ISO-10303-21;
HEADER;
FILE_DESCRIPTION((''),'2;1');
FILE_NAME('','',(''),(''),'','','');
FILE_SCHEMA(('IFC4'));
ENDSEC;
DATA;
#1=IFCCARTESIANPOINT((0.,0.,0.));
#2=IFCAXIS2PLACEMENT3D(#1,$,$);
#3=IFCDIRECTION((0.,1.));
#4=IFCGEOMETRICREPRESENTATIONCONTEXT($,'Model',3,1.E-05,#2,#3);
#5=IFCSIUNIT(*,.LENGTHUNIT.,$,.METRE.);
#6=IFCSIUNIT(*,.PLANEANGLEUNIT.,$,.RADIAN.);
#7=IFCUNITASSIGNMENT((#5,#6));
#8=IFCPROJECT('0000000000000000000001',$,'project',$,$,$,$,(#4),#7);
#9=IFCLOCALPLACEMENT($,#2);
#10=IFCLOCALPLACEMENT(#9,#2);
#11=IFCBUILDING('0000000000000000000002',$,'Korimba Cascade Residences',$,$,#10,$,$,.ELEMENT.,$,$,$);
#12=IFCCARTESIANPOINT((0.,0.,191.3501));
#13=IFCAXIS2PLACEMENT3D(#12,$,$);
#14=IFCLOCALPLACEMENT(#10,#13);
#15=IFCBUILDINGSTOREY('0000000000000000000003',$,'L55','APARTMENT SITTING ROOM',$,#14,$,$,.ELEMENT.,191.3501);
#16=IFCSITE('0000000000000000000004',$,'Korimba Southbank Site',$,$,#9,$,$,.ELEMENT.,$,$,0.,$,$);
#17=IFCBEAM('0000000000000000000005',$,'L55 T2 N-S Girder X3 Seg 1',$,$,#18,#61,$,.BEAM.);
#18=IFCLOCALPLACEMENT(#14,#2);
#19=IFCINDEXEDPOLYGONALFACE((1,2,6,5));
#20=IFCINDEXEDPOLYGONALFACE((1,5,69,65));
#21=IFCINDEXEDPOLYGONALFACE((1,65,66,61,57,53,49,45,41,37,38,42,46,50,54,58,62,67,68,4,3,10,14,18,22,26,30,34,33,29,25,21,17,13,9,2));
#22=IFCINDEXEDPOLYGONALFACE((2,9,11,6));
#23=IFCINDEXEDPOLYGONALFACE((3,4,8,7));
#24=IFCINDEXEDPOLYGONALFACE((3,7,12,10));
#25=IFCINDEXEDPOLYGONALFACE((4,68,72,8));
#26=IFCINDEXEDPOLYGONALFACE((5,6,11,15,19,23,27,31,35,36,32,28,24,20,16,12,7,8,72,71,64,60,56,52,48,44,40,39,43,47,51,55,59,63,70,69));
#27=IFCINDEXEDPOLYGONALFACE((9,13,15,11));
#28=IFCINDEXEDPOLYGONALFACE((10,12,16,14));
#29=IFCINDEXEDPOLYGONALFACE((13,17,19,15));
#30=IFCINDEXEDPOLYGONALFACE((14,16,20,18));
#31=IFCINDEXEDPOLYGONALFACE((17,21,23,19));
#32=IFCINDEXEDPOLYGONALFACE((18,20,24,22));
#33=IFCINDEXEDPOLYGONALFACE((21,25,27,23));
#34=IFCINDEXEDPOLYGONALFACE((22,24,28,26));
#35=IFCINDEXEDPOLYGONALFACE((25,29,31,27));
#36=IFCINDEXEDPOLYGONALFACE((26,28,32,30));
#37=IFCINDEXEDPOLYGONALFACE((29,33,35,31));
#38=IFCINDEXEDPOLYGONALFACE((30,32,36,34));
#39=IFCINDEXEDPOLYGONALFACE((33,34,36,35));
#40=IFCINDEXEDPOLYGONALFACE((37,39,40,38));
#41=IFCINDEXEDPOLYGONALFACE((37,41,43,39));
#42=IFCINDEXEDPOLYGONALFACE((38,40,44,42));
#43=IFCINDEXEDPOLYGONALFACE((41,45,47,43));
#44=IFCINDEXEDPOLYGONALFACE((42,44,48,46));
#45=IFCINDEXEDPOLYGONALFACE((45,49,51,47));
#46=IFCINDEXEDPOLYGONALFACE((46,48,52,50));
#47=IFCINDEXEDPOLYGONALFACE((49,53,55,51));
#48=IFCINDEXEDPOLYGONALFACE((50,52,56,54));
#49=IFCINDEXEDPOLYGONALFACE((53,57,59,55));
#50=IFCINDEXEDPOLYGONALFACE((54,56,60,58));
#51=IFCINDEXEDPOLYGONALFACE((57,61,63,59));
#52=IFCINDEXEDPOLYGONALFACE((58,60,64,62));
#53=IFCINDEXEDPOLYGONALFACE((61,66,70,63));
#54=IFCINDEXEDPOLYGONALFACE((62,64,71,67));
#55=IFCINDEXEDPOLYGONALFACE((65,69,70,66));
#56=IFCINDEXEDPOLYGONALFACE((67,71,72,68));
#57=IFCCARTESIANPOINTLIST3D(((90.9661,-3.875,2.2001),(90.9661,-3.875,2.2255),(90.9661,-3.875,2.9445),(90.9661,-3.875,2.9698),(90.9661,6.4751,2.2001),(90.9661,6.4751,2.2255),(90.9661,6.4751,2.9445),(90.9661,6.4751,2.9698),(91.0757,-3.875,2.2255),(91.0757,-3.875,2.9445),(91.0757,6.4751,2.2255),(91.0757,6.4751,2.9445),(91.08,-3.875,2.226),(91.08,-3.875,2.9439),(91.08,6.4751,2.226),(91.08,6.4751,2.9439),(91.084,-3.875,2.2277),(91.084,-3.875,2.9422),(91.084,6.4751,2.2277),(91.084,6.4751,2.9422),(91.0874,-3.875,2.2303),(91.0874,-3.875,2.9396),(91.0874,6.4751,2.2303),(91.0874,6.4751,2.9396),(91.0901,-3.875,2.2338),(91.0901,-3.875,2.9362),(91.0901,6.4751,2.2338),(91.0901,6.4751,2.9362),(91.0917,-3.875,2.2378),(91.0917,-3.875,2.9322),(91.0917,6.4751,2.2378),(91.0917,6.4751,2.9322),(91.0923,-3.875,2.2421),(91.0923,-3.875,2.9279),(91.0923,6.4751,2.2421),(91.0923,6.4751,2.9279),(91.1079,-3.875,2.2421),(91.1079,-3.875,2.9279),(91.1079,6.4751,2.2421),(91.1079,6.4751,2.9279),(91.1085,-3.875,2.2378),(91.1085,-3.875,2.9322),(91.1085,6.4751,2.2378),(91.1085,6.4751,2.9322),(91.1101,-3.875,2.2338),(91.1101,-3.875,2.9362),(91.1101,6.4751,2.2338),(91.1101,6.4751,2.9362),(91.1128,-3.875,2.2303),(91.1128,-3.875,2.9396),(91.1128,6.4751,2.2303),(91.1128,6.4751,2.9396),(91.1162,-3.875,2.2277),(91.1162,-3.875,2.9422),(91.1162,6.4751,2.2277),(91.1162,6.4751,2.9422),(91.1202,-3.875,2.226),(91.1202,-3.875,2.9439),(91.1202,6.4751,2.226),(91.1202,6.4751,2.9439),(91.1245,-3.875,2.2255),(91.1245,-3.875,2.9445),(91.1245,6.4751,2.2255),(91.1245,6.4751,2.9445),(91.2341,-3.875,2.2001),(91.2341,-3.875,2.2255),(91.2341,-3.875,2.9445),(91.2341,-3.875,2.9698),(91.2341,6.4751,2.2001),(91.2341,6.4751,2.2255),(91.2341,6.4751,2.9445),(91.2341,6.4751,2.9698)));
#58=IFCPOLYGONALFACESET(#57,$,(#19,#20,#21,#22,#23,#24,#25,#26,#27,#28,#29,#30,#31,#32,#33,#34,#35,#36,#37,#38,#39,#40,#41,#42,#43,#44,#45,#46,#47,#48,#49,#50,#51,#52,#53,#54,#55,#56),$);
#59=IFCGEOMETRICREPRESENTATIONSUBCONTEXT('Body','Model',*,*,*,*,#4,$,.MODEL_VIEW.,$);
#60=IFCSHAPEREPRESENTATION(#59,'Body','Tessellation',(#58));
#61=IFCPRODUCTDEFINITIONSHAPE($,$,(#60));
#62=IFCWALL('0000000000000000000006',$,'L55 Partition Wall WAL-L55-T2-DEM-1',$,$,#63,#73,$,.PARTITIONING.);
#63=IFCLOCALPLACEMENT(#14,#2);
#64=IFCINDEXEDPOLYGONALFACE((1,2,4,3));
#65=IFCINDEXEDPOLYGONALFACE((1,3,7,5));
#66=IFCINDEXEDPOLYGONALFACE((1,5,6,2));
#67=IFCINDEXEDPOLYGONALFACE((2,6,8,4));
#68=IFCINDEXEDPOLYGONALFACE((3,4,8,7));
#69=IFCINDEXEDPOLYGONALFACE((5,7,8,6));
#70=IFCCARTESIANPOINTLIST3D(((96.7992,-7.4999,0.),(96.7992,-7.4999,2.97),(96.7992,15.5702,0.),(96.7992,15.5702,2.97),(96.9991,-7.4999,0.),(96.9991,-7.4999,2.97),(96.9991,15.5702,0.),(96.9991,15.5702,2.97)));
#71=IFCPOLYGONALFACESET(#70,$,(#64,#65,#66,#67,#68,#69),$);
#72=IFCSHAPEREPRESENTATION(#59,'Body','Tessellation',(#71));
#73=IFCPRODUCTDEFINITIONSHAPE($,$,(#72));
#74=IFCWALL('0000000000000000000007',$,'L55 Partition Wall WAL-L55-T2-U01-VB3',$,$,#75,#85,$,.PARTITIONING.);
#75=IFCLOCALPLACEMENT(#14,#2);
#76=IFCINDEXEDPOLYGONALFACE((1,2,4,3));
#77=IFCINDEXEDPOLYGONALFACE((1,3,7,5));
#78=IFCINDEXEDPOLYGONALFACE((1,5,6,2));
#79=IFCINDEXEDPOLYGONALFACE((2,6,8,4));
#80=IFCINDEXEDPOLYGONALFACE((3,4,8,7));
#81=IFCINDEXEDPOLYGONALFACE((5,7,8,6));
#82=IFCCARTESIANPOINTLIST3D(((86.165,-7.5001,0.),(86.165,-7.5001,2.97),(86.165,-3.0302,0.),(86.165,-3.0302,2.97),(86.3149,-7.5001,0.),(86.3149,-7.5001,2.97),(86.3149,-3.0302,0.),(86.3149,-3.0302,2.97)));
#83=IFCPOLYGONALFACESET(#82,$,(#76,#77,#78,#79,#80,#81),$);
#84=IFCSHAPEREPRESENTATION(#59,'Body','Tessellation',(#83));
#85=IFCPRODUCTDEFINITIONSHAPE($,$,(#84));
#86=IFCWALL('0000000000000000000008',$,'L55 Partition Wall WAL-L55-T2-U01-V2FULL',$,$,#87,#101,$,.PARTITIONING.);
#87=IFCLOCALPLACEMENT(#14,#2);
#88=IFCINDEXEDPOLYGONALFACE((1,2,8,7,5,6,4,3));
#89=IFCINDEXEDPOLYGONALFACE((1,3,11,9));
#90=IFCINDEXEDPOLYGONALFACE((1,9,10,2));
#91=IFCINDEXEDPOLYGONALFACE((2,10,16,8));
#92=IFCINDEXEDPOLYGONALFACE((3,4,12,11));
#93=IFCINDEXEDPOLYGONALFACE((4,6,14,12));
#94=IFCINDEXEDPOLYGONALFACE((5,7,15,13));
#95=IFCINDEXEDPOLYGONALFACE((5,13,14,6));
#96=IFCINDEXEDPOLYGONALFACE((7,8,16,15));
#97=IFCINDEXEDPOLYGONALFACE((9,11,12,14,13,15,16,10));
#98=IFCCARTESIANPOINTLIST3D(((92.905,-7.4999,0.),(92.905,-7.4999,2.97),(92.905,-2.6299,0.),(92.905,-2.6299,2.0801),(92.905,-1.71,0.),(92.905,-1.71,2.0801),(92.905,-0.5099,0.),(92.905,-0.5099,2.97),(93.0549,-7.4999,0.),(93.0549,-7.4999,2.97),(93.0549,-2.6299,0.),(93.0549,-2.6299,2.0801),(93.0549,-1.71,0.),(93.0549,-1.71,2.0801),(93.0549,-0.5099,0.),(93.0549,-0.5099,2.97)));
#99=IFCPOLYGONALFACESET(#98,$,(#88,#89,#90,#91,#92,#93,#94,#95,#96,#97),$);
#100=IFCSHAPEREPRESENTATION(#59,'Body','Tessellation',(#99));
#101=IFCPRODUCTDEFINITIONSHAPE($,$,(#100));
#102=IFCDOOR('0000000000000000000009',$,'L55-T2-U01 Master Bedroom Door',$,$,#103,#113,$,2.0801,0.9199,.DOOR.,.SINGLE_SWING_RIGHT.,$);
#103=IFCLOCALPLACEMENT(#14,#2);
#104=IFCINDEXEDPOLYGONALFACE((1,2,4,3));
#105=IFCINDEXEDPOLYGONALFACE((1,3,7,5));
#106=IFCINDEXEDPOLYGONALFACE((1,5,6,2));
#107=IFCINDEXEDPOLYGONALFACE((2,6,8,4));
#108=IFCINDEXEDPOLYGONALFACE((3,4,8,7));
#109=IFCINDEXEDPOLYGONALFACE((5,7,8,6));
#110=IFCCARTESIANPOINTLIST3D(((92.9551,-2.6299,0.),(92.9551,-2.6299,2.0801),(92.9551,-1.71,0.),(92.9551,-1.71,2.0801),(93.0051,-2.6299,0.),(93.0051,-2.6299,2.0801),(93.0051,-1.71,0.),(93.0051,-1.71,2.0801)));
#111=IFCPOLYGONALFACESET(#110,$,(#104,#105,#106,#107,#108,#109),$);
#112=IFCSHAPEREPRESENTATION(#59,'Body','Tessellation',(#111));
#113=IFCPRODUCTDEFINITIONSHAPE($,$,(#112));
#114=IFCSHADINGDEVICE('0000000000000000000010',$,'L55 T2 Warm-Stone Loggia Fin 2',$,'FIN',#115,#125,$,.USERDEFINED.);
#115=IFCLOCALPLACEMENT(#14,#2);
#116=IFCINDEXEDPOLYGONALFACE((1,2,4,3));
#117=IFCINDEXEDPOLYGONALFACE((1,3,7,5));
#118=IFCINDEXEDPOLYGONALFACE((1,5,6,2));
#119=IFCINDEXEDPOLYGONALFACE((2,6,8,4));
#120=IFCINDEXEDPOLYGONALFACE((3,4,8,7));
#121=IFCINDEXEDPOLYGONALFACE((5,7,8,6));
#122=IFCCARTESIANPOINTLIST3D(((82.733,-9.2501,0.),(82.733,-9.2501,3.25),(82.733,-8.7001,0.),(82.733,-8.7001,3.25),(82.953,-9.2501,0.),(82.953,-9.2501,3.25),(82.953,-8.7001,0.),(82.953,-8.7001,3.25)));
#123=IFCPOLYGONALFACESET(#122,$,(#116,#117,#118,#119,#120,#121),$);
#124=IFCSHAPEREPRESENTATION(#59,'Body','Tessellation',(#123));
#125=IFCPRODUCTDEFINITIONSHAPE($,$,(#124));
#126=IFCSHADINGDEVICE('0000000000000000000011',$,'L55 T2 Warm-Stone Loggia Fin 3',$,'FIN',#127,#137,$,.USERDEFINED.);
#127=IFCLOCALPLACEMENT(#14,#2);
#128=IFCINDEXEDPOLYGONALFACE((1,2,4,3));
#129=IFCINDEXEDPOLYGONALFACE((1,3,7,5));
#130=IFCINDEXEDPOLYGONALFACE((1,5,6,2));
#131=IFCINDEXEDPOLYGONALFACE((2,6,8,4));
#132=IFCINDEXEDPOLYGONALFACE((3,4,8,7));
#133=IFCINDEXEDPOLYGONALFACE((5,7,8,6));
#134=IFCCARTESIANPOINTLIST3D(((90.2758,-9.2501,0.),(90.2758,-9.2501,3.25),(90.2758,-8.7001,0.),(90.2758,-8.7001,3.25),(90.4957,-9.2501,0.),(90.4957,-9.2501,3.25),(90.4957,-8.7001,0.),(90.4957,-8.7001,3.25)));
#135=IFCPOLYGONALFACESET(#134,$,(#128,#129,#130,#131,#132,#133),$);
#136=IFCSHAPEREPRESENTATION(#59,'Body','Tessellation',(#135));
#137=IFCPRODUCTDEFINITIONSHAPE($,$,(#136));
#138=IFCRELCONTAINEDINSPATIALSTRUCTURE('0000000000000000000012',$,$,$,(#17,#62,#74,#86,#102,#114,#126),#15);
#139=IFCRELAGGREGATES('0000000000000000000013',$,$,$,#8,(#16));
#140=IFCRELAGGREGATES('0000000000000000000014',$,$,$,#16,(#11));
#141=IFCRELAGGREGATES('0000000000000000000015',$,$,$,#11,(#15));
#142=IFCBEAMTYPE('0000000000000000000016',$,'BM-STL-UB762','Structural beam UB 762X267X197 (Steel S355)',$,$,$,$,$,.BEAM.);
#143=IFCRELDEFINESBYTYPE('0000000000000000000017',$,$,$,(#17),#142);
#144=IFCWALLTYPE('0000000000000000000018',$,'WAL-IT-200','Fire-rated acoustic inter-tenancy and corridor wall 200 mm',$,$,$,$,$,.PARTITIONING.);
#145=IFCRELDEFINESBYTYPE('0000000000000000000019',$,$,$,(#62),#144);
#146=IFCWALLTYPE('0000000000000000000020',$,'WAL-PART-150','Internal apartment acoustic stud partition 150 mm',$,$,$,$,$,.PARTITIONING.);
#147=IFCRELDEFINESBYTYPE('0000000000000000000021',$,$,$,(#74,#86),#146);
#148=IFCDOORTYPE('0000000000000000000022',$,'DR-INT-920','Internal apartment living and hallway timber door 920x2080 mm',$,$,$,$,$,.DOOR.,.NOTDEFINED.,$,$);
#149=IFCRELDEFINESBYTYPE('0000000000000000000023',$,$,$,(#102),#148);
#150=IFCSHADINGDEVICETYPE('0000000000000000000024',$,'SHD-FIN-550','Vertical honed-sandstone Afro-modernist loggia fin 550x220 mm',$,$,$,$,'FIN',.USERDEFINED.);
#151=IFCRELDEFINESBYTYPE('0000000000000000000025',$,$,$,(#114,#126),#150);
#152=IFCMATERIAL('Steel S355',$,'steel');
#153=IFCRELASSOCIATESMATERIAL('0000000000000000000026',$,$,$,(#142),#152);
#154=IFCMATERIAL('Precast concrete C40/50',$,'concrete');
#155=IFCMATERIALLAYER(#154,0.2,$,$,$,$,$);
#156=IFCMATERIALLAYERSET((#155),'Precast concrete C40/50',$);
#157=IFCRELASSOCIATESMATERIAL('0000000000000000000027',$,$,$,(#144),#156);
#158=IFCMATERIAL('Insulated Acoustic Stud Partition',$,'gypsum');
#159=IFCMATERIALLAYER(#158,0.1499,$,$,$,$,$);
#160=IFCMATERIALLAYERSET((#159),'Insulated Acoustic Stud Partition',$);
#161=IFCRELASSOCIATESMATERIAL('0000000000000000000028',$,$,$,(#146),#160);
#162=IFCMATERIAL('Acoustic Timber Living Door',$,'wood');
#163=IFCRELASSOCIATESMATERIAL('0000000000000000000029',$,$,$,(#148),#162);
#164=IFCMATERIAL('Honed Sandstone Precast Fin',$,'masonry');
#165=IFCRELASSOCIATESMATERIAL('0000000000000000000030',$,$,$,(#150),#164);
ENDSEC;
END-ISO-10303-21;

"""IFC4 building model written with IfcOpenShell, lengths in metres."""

from ifc_helpers import new_model, si_unit, direction, frame, frame_2d, origin, origin_2d, place, context, subcontext, project, spatial, rectangle, i_section, extrude, material, layer, layer_set, material_profile, profile_set, type_object, element, fill, save


model = new_model("IFC4")

# Units and contexts
model_context = context("Model", 3, precision=1e-05, world=origin(), true_north=direction((0.0, 1.0)))
body_context = subcontext(model_context, "Body", "Model", "MODEL_VIEW")
ifc_project = project(units=[si_unit("LENGTHUNIT", "METRE"), si_unit("PLANEANGLEUNIT", "RADIAN")], contexts=[model_context])

# Site, building, storey
site_placement = place(None, origin())
site = spatial("IfcSite", under=ifc_project, at=site_placement, Name="Korimba Southbank Site", CompositionType="ELEMENT", RefElevation=0.0)
building_placement = place(site_placement, origin())
building = spatial("IfcBuilding", under=site, at=building_placement, Name="Korimba Cascade Residences", CompositionType="ELEMENT")
storey_placement = place(building_placement, frame((0.0, 0.0, 191.3501)))
storey = spatial("IfcBuildingStorey", under=building, at=storey_placement, Name="L55", Description="APARTMENT SITTING ROOM", CompositionType="ELEMENT", Elevation=191.3501)

# Beam
ifc_material_1 = material(Name="Steel S355", Category="steel")
ifc_material_profile_1 = material_profile(ifc_material_1, i_section(OverallWidth=0.2681, OverallDepth=0.7698, WebThickness=0.0156, FlangeThickness=0.0254, FilletRadius=0.0166, at=origin_2d()), Name="Steel S355")
ifc_profile_set_1 = profile_set([ifc_material_profile_1], Name="Steel S355")
beam_type_1 = type_object("IfcBeamType", Name="BM-STL-UB762", Description="Structural beam UB 762X267X197 (Steel S355)", PredefinedType="BEAM", material=ifc_profile_set_1)
for number, where, z_axis, x_axis, name in (
    (1, (91.1001, -3.875, 2.585), (0.0, 1.0, 0.0), (-1.0, 0.0, 0.0), "L55 T2 N-S Girder X3 Seg 1"),
):
    element("IfcBeam", number, at=place(storey_placement, frame(where, z_axis=z_axis, x_axis=x_axis)), inside=storey, type_object=beam_type_1, Name=name, PredefinedType="BEAM", context=body_context, shape_type="SweptSolid", body=[
        extrude(i_section(OverallWidth=0.2681, OverallDepth=0.7698, WebThickness=0.0156, FlangeThickness=0.0254, FilletRadius=0.0166, at=origin_2d()), origin(), (0.0, 0.0, 1.0), 10.3501),
    ])

# Walls
ifc_material_2 = material(Name="Precast concrete C40/50", Category="concrete")
ifc_layer_1 = layer(ifc_material_2, 0.2)
ifc_layer_set_1 = layer_set([ifc_layer_1], Name="Precast concrete C40/50")
wall_type_1 = type_object("IfcWallType", Name="WAL-IT-200", Description="Fire-rated acoustic inter-tenancy and corridor wall 200 mm", PredefinedType="PARTITIONING", material=ifc_layer_set_1)
wall_1_placement = place(storey_placement, frame((96.8992, -7.5, 0.0), z_axis=(0.0, 0.0, 1.0), x_axis=(0.0, 1.0, 0.0)))
element("IfcWall", 2, at=wall_1_placement, inside=storey, type_object=wall_type_1, Name="L55 Partition Wall WAL-L55-T2-DEM-1", PredefinedType="PARTITIONING", context=body_context, shape_type="SweptSolid", body=[
    extrude(rectangle(XDim=23.0701, YDim=0.2, at=frame_2d((11.5352, 0.0))), origin(), (0.0, 0.0, 1.0), 2.97),
])
ifc_material_3 = material(Name="Insulated Acoustic Stud Partition", Category="gypsum")
ifc_layer_2 = layer(ifc_material_3, 0.1499)
ifc_layer_set_2 = layer_set([ifc_layer_2], Name="Insulated Acoustic Stud Partition")
wall_type_2 = type_object("IfcWallType", Name="WAL-PART-150", Description="Internal apartment acoustic stud partition 150 mm", PredefinedType="PARTITIONING", material=ifc_layer_set_2)
wall_2_placement = place(storey_placement, frame((86.24, -7.5, 0.0), z_axis=(0.0, 0.0, 1.0), x_axis=(0.0, 1.0, 0.0)))
element("IfcWall", 3, at=wall_2_placement, inside=storey, type_object=wall_type_2, Name="L55 Partition Wall WAL-L55-T2-U01-VB3", PredefinedType="PARTITIONING", context=body_context, shape_type="SweptSolid", body=[
    extrude(rectangle(XDim=4.47, YDim=0.1499, at=frame_2d((2.2349, 0.0))), origin(), (0.0, 0.0, 1.0), 2.97),
])

# Wall, opening, door
wall_3_placement = place(storey_placement, frame((92.98, -7.5, 0.0), z_axis=(0.0, 0.0, 1.0), x_axis=(0.0, 1.0, 0.0)))
wall_3 = element("IfcWall", 4, at=wall_3_placement, inside=storey, type_object=wall_type_2, Name="L55 Partition Wall WAL-L55-T2-U01-V2FULL", PredefinedType="PARTITIONING", context=body_context, shape_type="SweptSolid", body=[
    extrude(rectangle(XDim=6.99, YDim=0.1499, at=frame_2d((3.4951, 0.0))), origin(), (0.0, 0.0, 1.0), 2.97),
])
opening_placement = place(wall_3_placement, frame((4.8701, 0.0, 0.0)))
opening = element("IfcOpeningElement", 5, at=opening_placement, cuts=wall_3, PredefinedType="OPENING", context=body_context, shape_type="SweptSolid", body=[
    extrude(rectangle(XDim=0.9199, YDim=2.0801, at=frame_2d((0.46, 1.04))), frame((0.0, 0.085, 0.0), z_axis=(0.0, -1.0, 0.0), x_axis=(1.0, 0.0, 0.0)), (0.0, 0.0, 1.0), 0.1699),
])
ifc_material_4 = material(Name="Acoustic Timber Living Door", Category="wood")
door_type = type_object("IfcDoorType", Name="DR-INT-920", Description="Internal apartment living and hallway timber door 920x2080 mm", OperationType="NOTDEFINED", PredefinedType="DOOR", material=ifc_material_4)
door_placement = place(opening_placement, origin())
door = element("IfcDoor", 6, at=door_placement, inside=storey, type_object=door_type, Name="L55-T2-U01 Master Bedroom Door", OperationType="SINGLE_SWING_RIGHT", OverallHeight=2.0801, OverallWidth=0.9199, PredefinedType="DOOR", context=body_context, shape_type="SweptSolid", body=[
    extrude(rectangle(XDim=0.9199, YDim=2.0801, at=frame_2d((0.46, 1.04))), frame((0.0, 0.0249, 0.0), z_axis=(0.0, -1.0, 0.0), x_axis=(1.0, 0.0, 0.0)), (0.0, 0.0, 1.0), 0.05),
])
fill(opening, door)

# Shading devices
ifc_material_5 = material(Name="Honed Sandstone Precast Fin", Category="masonry")
shading_device_type = type_object("IfcShadingDeviceType", Name="SHD-FIN-550", Description="Vertical honed-sandstone Afro-modernist loggia fin 550x220 mm", ElementType="FIN", PredefinedType="USERDEFINED", material=ifc_material_5)
for number, where, z_axis, x_axis, name in (
    (7, (82.843, -8.9751, 0.0), (0.0, 0.0, 1.0), (1.0, 0.0, 0.0), "L55 T2 Warm-Stone Loggia Fin 2"),
    (8, (90.3857, -8.9751, 0.0), (0.0, 0.0, 1.0), (1.0, 0.0, 0.0), "L55 T2 Warm-Stone Loggia Fin 3"),
):
    element("IfcShadingDevice", number, at=place(storey_placement, frame(where, z_axis=z_axis, x_axis=x_axis)), inside=storey, type_object=shading_device_type, Name=name, ObjectType="FIN", PredefinedType="USERDEFINED", context=body_context, shape_type="SweptSolid", body=[
        extrude(rectangle(XDim=0.22, YDim=0.55, at=origin_2d()), origin(), (0.0, 0.0, 1.0), 3.25),
    ])

save(model, "model.ifc")
